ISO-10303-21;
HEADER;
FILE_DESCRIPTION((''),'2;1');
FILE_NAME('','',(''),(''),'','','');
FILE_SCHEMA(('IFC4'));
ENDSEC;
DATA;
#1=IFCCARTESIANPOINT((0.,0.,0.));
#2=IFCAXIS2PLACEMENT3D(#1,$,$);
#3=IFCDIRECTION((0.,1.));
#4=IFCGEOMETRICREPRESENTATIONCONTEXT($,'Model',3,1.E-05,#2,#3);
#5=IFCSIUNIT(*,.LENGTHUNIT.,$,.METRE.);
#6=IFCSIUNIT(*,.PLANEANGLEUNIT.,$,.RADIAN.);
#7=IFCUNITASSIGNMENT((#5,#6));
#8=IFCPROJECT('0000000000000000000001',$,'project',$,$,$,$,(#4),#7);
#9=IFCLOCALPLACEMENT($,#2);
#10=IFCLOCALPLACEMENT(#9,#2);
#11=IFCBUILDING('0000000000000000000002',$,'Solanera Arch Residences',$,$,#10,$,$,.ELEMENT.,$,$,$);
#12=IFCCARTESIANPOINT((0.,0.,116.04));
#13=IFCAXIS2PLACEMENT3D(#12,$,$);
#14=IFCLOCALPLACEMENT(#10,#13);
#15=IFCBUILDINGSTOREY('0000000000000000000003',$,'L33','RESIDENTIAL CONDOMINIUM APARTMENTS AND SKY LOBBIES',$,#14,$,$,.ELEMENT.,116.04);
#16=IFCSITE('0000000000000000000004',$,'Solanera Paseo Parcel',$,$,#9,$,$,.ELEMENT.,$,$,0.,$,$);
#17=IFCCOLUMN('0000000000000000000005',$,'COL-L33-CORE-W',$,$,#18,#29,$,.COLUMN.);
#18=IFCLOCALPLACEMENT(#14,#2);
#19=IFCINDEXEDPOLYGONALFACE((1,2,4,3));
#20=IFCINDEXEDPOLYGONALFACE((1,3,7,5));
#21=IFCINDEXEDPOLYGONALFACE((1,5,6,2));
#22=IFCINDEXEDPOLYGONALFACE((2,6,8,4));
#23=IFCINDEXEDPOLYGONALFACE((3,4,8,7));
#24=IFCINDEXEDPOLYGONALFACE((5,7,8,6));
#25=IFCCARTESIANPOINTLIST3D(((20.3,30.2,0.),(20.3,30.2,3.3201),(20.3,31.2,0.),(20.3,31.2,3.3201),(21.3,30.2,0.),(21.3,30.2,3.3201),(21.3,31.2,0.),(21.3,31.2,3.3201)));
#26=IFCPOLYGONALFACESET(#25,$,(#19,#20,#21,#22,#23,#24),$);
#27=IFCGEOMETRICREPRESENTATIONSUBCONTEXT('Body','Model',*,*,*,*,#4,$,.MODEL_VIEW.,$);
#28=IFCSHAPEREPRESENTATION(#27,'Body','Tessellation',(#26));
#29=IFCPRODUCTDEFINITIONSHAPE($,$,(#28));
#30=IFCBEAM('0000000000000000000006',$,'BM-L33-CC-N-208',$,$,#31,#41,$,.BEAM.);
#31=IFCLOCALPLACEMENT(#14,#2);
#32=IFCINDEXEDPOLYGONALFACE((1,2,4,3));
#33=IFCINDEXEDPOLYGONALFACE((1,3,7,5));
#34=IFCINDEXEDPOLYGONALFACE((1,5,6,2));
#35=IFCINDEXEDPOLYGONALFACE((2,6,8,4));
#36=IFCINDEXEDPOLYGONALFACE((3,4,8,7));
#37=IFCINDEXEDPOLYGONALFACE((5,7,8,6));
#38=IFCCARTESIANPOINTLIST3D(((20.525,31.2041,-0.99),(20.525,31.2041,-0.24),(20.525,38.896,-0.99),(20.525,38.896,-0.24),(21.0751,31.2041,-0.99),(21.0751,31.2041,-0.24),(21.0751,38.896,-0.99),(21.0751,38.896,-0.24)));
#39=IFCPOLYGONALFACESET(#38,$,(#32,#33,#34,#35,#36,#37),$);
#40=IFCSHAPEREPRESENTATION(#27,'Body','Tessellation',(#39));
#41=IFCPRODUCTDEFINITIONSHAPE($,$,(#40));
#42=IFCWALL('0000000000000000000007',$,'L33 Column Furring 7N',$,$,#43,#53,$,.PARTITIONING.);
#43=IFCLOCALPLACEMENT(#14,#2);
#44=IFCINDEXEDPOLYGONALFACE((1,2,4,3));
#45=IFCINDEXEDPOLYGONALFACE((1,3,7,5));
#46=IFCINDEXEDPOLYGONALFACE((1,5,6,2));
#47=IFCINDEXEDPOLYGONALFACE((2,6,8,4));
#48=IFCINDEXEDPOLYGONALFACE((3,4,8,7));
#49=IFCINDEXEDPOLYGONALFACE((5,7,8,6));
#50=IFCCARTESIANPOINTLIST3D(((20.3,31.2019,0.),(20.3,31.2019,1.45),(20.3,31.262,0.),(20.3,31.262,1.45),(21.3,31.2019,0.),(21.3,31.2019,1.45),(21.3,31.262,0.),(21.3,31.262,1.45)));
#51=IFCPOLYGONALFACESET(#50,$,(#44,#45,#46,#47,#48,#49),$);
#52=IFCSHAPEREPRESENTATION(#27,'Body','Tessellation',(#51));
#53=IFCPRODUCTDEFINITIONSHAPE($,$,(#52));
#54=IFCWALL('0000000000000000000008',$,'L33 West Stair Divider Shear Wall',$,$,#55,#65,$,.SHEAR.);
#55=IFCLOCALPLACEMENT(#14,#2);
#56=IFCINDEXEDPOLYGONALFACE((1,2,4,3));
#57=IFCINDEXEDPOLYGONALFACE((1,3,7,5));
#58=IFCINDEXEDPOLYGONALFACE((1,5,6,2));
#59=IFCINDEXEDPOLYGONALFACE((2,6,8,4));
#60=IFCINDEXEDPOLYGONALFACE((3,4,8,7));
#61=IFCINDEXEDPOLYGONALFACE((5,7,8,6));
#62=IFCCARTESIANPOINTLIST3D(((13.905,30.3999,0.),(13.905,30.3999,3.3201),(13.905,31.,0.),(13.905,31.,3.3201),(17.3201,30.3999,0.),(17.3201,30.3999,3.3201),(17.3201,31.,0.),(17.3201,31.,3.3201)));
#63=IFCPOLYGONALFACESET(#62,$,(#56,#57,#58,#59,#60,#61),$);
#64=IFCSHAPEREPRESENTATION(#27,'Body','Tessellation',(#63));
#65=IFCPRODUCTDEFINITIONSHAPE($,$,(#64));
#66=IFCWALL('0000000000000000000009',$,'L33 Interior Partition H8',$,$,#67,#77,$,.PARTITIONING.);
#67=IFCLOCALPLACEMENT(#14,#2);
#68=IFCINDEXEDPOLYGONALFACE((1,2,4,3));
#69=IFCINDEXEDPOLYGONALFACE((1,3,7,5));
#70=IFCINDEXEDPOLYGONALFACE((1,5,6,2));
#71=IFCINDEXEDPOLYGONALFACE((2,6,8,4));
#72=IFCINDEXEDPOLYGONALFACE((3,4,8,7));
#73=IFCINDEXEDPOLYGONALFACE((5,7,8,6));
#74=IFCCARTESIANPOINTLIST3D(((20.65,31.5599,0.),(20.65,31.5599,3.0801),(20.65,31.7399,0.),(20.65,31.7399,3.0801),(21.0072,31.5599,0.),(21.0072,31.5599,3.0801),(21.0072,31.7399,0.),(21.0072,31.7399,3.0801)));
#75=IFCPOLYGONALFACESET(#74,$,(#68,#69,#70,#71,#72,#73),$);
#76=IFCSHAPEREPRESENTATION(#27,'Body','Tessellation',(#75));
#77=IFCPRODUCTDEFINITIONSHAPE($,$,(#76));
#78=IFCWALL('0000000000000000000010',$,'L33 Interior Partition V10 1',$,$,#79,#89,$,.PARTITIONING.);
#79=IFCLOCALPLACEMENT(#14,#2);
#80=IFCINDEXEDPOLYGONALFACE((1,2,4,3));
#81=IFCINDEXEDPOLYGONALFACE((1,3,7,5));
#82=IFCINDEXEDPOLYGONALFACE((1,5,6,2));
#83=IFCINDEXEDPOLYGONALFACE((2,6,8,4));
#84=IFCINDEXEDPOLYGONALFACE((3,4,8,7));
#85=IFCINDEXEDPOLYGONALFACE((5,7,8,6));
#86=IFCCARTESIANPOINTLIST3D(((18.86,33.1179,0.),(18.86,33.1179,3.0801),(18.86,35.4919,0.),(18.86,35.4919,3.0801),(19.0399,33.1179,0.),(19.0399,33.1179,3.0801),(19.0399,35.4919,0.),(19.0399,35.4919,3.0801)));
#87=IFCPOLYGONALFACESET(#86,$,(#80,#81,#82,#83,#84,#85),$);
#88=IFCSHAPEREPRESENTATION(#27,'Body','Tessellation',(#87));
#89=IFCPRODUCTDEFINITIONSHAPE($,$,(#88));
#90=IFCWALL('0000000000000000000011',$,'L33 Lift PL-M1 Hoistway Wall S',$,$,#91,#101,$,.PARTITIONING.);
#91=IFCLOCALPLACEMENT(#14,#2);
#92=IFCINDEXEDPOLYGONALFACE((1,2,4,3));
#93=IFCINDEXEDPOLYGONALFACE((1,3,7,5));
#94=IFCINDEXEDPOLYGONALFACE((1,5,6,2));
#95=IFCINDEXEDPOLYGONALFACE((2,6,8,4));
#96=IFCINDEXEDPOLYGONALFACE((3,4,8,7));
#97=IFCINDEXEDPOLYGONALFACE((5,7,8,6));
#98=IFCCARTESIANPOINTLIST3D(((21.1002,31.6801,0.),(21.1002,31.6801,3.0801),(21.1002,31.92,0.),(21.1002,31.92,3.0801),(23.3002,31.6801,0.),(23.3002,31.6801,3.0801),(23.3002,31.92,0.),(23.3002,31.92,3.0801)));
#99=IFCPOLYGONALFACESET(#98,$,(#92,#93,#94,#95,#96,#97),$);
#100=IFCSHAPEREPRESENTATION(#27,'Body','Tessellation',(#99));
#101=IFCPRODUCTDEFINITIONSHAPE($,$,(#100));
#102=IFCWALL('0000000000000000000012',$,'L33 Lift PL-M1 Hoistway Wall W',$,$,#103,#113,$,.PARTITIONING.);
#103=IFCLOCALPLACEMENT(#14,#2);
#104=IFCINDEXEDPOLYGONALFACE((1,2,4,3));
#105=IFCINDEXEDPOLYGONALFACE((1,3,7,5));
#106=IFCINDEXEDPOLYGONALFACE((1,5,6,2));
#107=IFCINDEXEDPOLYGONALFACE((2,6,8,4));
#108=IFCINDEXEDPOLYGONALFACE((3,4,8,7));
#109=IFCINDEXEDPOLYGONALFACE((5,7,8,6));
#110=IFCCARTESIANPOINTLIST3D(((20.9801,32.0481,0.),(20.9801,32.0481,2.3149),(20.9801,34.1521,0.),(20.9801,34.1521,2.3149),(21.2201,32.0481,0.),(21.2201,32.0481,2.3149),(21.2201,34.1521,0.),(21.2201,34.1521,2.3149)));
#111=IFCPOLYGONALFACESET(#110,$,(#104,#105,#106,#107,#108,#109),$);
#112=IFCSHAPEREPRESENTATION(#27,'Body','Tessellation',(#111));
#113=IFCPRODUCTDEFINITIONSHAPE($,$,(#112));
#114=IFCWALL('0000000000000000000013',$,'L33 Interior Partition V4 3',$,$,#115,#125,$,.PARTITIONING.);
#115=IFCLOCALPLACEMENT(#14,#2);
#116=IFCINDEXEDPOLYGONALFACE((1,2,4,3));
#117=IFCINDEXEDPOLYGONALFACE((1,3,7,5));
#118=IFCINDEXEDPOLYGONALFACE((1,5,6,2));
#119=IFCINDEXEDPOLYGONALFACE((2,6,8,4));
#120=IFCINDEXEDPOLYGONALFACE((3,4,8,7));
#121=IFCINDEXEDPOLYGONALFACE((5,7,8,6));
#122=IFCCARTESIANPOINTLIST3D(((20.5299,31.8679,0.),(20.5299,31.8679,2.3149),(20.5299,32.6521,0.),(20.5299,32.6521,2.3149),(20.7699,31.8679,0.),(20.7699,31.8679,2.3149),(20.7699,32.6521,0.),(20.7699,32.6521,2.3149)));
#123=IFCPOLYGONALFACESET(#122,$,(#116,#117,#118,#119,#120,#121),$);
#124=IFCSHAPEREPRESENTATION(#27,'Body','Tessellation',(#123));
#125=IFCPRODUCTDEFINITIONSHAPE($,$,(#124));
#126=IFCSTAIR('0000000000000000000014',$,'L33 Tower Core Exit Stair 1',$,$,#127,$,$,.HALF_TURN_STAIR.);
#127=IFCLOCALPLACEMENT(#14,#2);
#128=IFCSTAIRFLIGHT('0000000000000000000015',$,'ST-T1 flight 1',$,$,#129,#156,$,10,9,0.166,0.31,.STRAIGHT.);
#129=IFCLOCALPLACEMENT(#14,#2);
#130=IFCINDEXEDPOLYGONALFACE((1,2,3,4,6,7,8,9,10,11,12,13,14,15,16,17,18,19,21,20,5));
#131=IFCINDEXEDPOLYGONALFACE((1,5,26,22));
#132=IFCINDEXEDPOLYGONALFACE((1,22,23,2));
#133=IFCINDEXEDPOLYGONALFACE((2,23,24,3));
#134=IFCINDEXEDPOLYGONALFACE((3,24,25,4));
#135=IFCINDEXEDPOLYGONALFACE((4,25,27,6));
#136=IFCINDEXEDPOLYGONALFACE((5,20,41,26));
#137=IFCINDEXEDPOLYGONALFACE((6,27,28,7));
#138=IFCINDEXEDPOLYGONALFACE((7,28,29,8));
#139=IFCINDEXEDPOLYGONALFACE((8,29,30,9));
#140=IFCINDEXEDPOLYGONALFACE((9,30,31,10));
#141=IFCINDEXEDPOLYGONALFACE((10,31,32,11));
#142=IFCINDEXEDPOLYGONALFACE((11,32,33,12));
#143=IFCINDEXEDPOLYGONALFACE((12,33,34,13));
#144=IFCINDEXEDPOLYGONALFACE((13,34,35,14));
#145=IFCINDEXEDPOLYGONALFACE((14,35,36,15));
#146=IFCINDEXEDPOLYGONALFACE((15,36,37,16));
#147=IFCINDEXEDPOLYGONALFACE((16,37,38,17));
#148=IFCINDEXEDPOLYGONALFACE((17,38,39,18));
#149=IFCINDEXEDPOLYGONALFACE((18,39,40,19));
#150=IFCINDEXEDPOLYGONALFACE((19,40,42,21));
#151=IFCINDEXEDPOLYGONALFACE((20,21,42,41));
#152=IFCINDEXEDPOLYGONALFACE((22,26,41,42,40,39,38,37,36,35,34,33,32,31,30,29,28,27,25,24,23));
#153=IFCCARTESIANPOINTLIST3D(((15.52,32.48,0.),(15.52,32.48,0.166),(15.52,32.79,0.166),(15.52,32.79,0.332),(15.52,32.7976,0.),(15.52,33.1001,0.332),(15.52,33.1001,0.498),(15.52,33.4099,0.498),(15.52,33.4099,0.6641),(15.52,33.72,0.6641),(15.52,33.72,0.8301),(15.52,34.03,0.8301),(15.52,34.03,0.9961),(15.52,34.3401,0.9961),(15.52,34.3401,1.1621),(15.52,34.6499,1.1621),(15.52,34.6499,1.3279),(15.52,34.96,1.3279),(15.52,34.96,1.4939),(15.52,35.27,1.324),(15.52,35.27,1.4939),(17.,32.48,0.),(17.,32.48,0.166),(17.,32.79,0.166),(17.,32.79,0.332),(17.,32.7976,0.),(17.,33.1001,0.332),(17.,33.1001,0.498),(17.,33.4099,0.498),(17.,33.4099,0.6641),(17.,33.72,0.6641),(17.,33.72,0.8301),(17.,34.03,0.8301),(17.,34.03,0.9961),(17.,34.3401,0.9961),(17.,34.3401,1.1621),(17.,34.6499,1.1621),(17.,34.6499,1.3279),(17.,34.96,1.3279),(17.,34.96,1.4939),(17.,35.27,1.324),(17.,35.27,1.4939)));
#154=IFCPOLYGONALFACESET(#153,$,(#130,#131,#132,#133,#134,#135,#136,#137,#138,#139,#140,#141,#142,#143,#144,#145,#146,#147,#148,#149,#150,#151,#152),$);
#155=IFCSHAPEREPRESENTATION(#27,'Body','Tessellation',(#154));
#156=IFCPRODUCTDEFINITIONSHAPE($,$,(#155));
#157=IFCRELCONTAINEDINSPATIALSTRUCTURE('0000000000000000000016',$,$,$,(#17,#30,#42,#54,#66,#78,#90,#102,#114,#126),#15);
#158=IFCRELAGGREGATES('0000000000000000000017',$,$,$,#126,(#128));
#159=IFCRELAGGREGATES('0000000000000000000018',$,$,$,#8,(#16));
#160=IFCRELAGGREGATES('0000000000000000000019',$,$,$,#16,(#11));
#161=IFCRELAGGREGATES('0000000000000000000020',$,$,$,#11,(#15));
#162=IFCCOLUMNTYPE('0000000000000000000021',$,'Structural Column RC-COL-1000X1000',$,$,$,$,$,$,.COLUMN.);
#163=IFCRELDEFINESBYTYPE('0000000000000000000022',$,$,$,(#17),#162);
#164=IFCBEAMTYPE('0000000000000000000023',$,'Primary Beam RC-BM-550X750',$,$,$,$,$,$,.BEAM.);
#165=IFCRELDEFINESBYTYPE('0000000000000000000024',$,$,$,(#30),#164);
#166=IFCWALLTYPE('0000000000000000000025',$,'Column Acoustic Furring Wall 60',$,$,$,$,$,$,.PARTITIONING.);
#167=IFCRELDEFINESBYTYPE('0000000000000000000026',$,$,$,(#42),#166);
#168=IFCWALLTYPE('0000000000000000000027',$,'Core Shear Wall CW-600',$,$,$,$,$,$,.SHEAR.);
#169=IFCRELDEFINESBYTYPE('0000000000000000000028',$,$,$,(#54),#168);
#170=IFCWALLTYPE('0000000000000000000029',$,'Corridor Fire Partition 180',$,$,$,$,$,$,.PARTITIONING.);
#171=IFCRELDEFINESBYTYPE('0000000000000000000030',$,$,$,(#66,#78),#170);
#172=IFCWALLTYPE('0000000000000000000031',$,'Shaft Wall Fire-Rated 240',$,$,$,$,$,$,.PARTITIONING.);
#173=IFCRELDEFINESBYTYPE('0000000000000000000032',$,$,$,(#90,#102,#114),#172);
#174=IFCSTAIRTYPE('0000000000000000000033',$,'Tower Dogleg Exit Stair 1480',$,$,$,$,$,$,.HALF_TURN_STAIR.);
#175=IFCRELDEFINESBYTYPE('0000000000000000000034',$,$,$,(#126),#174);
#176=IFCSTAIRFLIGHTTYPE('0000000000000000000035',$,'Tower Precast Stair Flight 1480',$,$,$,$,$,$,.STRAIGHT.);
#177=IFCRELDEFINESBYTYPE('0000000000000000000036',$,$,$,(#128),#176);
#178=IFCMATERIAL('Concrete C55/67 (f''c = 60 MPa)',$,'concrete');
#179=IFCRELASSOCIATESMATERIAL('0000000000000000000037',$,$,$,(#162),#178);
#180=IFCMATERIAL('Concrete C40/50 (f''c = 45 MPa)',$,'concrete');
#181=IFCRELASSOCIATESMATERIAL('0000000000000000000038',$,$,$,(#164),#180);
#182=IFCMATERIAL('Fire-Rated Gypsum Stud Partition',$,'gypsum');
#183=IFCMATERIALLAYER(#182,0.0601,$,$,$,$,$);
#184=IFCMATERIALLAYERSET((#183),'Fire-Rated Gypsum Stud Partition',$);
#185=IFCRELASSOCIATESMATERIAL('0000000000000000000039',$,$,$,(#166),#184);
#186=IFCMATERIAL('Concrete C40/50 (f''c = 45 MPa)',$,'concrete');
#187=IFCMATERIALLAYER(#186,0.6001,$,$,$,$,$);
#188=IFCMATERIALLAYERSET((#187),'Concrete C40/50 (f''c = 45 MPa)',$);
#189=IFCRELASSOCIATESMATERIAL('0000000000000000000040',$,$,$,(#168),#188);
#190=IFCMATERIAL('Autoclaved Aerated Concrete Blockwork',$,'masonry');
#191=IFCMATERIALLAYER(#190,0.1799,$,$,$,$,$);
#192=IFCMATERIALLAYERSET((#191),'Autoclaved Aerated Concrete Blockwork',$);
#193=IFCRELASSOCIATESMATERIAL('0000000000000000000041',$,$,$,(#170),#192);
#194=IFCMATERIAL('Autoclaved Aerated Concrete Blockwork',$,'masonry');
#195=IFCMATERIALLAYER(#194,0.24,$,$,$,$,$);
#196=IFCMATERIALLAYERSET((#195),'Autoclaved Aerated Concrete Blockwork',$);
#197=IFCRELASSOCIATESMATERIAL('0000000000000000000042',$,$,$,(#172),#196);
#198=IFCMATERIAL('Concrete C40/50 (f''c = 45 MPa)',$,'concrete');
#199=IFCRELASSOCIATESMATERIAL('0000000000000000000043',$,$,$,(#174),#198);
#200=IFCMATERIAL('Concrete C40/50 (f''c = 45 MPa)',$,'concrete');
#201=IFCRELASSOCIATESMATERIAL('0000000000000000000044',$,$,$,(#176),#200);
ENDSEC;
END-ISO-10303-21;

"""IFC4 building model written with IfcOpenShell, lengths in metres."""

from ifc_helpers import new_model, si_unit, direction, frame, frame_2d, origin, origin_2d, place, context, subcontext, project, spatial, polyline, rectangle, outline, extrude, material, layer, layer_set, material_profile, profile_set, type_object, element, aggregate, save


model = new_model("IFC4")

# Units and contexts
model_context = context("Model", 3, precision=1e-05, world=origin(), true_north=direction((0.0, 1.0)))
body_context = subcontext(model_context, "Body", "Model", "MODEL_VIEW")
ifc_project = project(units=[si_unit("LENGTHUNIT", "METRE"), si_unit("PLANEANGLEUNIT", "RADIAN")], contexts=[model_context])

# Site, building, storey
site_placement = place(None, origin())
site = spatial("IfcSite", under=ifc_project, at=site_placement, Name="Solanera Paseo Parcel", CompositionType="ELEMENT", RefElevation=0.0)
building_placement = place(site_placement, origin())
building = spatial("IfcBuilding", under=site, at=building_placement, Name="Solanera Arch Residences", CompositionType="ELEMENT")
storey_placement = place(building_placement, frame((0.0, 0.0, 116.04)))
storey = spatial("IfcBuildingStorey", under=building, at=storey_placement, Name="L33", Description="RESIDENTIAL CONDOMINIUM APARTMENTS AND SKY LOBBIES", CompositionType="ELEMENT", Elevation=116.04)

# Column
ifc_material_1 = material(Name="Concrete C55/67 (f'c = 60 MPa)", Category="concrete")
ifc_material_profile_1 = material_profile(ifc_material_1, rectangle(XDim=1.0, YDim=1.0, at=origin_2d()))
ifc_profile_set_1 = profile_set([ifc_material_profile_1], Name="Concrete C55/67 (f'c = 60 MPa)")
column_type = type_object("IfcColumnType", Name="Structural Column RC-COL-1000X1000", PredefinedType="COLUMN", material=ifc_profile_set_1)
column_placement = place(storey_placement, frame((20.8, 30.7, 0.0), z_axis=(0.0, 0.0, 1.0), x_axis=(1.0, 0.0, 0.0)))
element("IfcColumn", 1, at=column_placement, inside=storey, type_object=column_type, Name="COL-L33-CORE-W", PredefinedType="COLUMN", context=body_context, shape_type="SweptSolid", body=[
    extrude(rectangle(XDim=1.0, YDim=1.0, at=origin_2d()), origin(), (0.0, 0.0, 1.0), 3.3201),
])

# Beam
ifc_material_2 = material(Name="Concrete C40/50 (f'c = 45 MPa)", Category="concrete")
ifc_material_profile_2 = material_profile(ifc_material_2, rectangle(XDim=0.55, YDim=0.75, at=origin_2d()))
ifc_profile_set_2 = profile_set([ifc_material_profile_2], Name="Concrete C40/50 (f'c = 45 MPa)")
beam_type = type_object("IfcBeamType", Name="Primary Beam RC-BM-550X750", PredefinedType="BEAM", material=ifc_profile_set_2)
beam_placement = place(storey_placement, frame((20.8, 31.2041, -0.615), z_axis=(0.0, 1.0, 0.0), x_axis=(-1.0, 0.0, 0.0)))
element("IfcBeam", 2, at=beam_placement, inside=storey, type_object=beam_type, Name="BM-L33-CC-N-208", PredefinedType="BEAM", context=body_context, shape_type="SweptSolid", body=[
    extrude(rectangle(XDim=0.55, YDim=0.75, at=origin_2d()), origin(), (0.0, 0.0, 1.0), 7.6919),
])

# Wall
ifc_material_3 = material(Name="Fire-Rated Gypsum Stud Partition", Category="gypsum")
ifc_layer_1 = layer(ifc_material_3, 0.0601)
ifc_layer_set_1 = layer_set([ifc_layer_1], Name="Fire-Rated Gypsum Stud Partition")
wall_type_1 = type_object("IfcWallType", Name="Column Acoustic Furring Wall 60", PredefinedType="PARTITIONING", material=ifc_layer_set_1)
wall_1_placement = place(storey_placement, frame((20.3, 31.2319, 0.0), z_axis=(0.0, 0.0, 1.0), x_axis=(1.0, 0.0, 0.0)))
element("IfcWall", 3, at=wall_1_placement, inside=storey, type_object=wall_type_1, Name="L33 Column Furring 7N", PredefinedType="PARTITIONING", context=body_context, shape_type="SweptSolid", body=[
    extrude(rectangle(XDim=1.0, YDim=0.0601, at=frame_2d((0.5, 0.0))), origin(), (0.0, 0.0, 1.0), 1.45),
])

# Walls
ifc_material_4 = material(Name="Concrete C40/50 (f'c = 45 MPa)", Category="concrete")
ifc_layer_2 = layer(ifc_material_4, 0.6001)
ifc_layer_set_2 = layer_set([ifc_layer_2], Name="Concrete C40/50 (f'c = 45 MPa)")
wall_type_2 = type_object("IfcWallType", Name="Core Shear Wall CW-600", PredefinedType="SHEAR", material=ifc_layer_set_2)
wall_2_placement = place(storey_placement, frame((13.905, 30.7, 0.0), z_axis=(0.0, 0.0, 1.0), x_axis=(1.0, 0.0, 0.0)))
element("IfcWall", 4, at=wall_2_placement, inside=storey, type_object=wall_type_2, Name="L33 West Stair Divider Shear Wall", PredefinedType="SHEAR", context=body_context, shape_type="SweptSolid", body=[
    extrude(rectangle(XDim=3.415, YDim=0.6001, at=frame_2d((1.7075, 0.0))), origin(), (0.0, 0.0, 1.0), 3.3201),
])
ifc_material_5 = material(Name="Autoclaved Aerated Concrete Blockwork", Category="masonry")
ifc_layer_3 = layer(ifc_material_5, 0.1799)
ifc_layer_set_3 = layer_set([ifc_layer_3], Name="Autoclaved Aerated Concrete Blockwork")
wall_type_3 = type_object("IfcWallType", Name="Corridor Fire Partition 180", PredefinedType="PARTITIONING", material=ifc_layer_set_3)
wall_3_placement = place(storey_placement, frame((20.6499, 31.6499, 0.0), z_axis=(0.0, 0.0, 1.0), x_axis=(1.0, 0.0, 0.0)))
element("IfcWall", 5, at=wall_3_placement, inside=storey, type_object=wall_type_3, Name="L33 Interior Partition H8", PredefinedType="PARTITIONING", context=body_context, shape_type="SweptSolid", body=[
    extrude(rectangle(XDim=0.3572, YDim=0.1799, at=frame_2d((0.1787, 0.0))), origin(), (0.0, 0.0, 1.0), 3.0801),
])
wall_4_placement = place(storey_placement, frame((18.95, 33.1179, 0.0), z_axis=(0.0, 0.0, 1.0), x_axis=(0.0, 1.0, 0.0)))
element("IfcWall", 6, at=wall_4_placement, inside=storey, type_object=wall_type_3, Name="L33 Interior Partition V10 1", PredefinedType="PARTITIONING", context=body_context, shape_type="SweptSolid", body=[
    extrude(rectangle(XDim=2.374, YDim=0.1799, at=frame_2d((1.187, 0.0))), origin(), (0.0, 0.0, 1.0), 3.0801),
])
ifc_material_6 = material(Name="Autoclaved Aerated Concrete Blockwork", Category="masonry")
ifc_layer_4 = layer(ifc_material_6, 0.24)
ifc_layer_set_4 = layer_set([ifc_layer_4], Name="Autoclaved Aerated Concrete Blockwork")
wall_type_4 = type_object("IfcWallType", Name="Shaft Wall Fire-Rated 240", PredefinedType="PARTITIONING", material=ifc_layer_set_4)
wall_5_placement = place(storey_placement, frame((21.1001, 31.8, 0.0), z_axis=(0.0, 0.0, 1.0), x_axis=(1.0, 0.0, 0.0)))
element("IfcWall", 7, at=wall_5_placement, inside=storey, type_object=wall_type_4, Name="L33 Lift PL-M1 Hoistway Wall S", PredefinedType="PARTITIONING", context=body_context, shape_type="SweptSolid", body=[
    extrude(rectangle(XDim=2.2, YDim=0.24, at=frame_2d((1.1001, 0.0))), origin(), (0.0, 0.0, 1.0), 3.0801),
])
wall_6_placement = place(storey_placement, frame((21.1001, 32.0481, 0.0), z_axis=(0.0, 0.0, 1.0), x_axis=(0.0, 1.0, 0.0)))
element("IfcWall", 8, at=wall_6_placement, inside=storey, type_object=wall_type_4, Name="L33 Lift PL-M1 Hoistway Wall W", PredefinedType="PARTITIONING", context=body_context, shape_type="SweptSolid", body=[
    extrude(rectangle(XDim=2.104, YDim=0.24, at=frame_2d((1.052, 0.0))), origin(), (0.0, 0.0, 1.0), 2.3149),
])

# Wall
wall_7_placement = place(storey_placement, frame((20.6499, 31.8679, 0.0), z_axis=(0.0, 0.0, 1.0), x_axis=(0.0, 1.0, 0.0)))
element("IfcWall", 9, at=wall_7_placement, inside=storey, type_object=wall_type_4, Name="L33 Interior Partition V4 3", PredefinedType="PARTITIONING", context=body_context, shape_type="SweptSolid", body=[
    extrude(rectangle(XDim=0.7842, YDim=0.24, at=frame_2d((0.3921, 0.0))), origin(), (0.0, 0.0, 1.0), 2.3149),
])

# Stair, stair flight
ifc_material_7 = material(Name="Concrete C40/50 (f'c = 45 MPa)", Category="concrete")
stair_type = type_object("IfcStairType", Name="Tower Dogleg Exit Stair 1480", PredefinedType="HALF_TURN_STAIR", material=ifc_material_7)
stair_placement = place(storey_placement, origin())
stair = element("IfcStair", 10, at=stair_placement, inside=storey, type_object=stair_type, Name="L33 Tower Core Exit Stair 1", PredefinedType="HALF_TURN_STAIR")
ifc_material_8 = material(Name="Concrete C40/50 (f'c = 45 MPa)", Category="concrete")
stair_flight_type = type_object("IfcStairFlightType", Name="Tower Precast Stair Flight 1480", PredefinedType="STRAIGHT", material=ifc_material_8)
stair_flight_1_placement = place(storey_placement, frame((16.26, 32.48, 0.0), z_axis=(0.0, 0.0, 1.0), x_axis=(0.0, 1.0, 0.0)))
stair_flight_1 = element("IfcStairFlight", 11, at=stair_flight_1_placement, type_object=stair_flight_type, Name="ST-T1 flight 1", NumberOfRisers=10, NumberOfTreads=9, PredefinedType="STRAIGHT", RiserHeight=0.166, TreadLength=0.31, context=body_context, shape_type="SweptSolid", body=[
    extrude(outline(polyline([(0.0, 0.0), (0.0, 0.166), (0.3101, 0.166), (0.3101, 0.332), (0.6201, 0.332), (0.6201, 0.498), (0.9299, 0.498), (0.9299, 0.6641), (1.24, 0.6641), (1.24, 0.8301), (1.55, 0.8301), (1.55, 0.9961), (1.8601, 0.9961), (1.8601, 1.1621), (2.1699, 1.1621), (2.1699, 1.3279), (2.48, 1.3279), (2.48, 1.4939), (2.79, 1.4939), (2.79, 1.6599), (2.79, 1.324), (0.3176, 0.0), (0.0, 0.0)])), frame((0.0, 0.74, 0.0), z_axis=(0.0, -1.0, 0.0), x_axis=(1.0, 0.0, 0.0)), (0.0, 0.0, 1.0), 1.48),
])
aggregate(stair, [stair_flight_1])

save(model, "model.ifc")
